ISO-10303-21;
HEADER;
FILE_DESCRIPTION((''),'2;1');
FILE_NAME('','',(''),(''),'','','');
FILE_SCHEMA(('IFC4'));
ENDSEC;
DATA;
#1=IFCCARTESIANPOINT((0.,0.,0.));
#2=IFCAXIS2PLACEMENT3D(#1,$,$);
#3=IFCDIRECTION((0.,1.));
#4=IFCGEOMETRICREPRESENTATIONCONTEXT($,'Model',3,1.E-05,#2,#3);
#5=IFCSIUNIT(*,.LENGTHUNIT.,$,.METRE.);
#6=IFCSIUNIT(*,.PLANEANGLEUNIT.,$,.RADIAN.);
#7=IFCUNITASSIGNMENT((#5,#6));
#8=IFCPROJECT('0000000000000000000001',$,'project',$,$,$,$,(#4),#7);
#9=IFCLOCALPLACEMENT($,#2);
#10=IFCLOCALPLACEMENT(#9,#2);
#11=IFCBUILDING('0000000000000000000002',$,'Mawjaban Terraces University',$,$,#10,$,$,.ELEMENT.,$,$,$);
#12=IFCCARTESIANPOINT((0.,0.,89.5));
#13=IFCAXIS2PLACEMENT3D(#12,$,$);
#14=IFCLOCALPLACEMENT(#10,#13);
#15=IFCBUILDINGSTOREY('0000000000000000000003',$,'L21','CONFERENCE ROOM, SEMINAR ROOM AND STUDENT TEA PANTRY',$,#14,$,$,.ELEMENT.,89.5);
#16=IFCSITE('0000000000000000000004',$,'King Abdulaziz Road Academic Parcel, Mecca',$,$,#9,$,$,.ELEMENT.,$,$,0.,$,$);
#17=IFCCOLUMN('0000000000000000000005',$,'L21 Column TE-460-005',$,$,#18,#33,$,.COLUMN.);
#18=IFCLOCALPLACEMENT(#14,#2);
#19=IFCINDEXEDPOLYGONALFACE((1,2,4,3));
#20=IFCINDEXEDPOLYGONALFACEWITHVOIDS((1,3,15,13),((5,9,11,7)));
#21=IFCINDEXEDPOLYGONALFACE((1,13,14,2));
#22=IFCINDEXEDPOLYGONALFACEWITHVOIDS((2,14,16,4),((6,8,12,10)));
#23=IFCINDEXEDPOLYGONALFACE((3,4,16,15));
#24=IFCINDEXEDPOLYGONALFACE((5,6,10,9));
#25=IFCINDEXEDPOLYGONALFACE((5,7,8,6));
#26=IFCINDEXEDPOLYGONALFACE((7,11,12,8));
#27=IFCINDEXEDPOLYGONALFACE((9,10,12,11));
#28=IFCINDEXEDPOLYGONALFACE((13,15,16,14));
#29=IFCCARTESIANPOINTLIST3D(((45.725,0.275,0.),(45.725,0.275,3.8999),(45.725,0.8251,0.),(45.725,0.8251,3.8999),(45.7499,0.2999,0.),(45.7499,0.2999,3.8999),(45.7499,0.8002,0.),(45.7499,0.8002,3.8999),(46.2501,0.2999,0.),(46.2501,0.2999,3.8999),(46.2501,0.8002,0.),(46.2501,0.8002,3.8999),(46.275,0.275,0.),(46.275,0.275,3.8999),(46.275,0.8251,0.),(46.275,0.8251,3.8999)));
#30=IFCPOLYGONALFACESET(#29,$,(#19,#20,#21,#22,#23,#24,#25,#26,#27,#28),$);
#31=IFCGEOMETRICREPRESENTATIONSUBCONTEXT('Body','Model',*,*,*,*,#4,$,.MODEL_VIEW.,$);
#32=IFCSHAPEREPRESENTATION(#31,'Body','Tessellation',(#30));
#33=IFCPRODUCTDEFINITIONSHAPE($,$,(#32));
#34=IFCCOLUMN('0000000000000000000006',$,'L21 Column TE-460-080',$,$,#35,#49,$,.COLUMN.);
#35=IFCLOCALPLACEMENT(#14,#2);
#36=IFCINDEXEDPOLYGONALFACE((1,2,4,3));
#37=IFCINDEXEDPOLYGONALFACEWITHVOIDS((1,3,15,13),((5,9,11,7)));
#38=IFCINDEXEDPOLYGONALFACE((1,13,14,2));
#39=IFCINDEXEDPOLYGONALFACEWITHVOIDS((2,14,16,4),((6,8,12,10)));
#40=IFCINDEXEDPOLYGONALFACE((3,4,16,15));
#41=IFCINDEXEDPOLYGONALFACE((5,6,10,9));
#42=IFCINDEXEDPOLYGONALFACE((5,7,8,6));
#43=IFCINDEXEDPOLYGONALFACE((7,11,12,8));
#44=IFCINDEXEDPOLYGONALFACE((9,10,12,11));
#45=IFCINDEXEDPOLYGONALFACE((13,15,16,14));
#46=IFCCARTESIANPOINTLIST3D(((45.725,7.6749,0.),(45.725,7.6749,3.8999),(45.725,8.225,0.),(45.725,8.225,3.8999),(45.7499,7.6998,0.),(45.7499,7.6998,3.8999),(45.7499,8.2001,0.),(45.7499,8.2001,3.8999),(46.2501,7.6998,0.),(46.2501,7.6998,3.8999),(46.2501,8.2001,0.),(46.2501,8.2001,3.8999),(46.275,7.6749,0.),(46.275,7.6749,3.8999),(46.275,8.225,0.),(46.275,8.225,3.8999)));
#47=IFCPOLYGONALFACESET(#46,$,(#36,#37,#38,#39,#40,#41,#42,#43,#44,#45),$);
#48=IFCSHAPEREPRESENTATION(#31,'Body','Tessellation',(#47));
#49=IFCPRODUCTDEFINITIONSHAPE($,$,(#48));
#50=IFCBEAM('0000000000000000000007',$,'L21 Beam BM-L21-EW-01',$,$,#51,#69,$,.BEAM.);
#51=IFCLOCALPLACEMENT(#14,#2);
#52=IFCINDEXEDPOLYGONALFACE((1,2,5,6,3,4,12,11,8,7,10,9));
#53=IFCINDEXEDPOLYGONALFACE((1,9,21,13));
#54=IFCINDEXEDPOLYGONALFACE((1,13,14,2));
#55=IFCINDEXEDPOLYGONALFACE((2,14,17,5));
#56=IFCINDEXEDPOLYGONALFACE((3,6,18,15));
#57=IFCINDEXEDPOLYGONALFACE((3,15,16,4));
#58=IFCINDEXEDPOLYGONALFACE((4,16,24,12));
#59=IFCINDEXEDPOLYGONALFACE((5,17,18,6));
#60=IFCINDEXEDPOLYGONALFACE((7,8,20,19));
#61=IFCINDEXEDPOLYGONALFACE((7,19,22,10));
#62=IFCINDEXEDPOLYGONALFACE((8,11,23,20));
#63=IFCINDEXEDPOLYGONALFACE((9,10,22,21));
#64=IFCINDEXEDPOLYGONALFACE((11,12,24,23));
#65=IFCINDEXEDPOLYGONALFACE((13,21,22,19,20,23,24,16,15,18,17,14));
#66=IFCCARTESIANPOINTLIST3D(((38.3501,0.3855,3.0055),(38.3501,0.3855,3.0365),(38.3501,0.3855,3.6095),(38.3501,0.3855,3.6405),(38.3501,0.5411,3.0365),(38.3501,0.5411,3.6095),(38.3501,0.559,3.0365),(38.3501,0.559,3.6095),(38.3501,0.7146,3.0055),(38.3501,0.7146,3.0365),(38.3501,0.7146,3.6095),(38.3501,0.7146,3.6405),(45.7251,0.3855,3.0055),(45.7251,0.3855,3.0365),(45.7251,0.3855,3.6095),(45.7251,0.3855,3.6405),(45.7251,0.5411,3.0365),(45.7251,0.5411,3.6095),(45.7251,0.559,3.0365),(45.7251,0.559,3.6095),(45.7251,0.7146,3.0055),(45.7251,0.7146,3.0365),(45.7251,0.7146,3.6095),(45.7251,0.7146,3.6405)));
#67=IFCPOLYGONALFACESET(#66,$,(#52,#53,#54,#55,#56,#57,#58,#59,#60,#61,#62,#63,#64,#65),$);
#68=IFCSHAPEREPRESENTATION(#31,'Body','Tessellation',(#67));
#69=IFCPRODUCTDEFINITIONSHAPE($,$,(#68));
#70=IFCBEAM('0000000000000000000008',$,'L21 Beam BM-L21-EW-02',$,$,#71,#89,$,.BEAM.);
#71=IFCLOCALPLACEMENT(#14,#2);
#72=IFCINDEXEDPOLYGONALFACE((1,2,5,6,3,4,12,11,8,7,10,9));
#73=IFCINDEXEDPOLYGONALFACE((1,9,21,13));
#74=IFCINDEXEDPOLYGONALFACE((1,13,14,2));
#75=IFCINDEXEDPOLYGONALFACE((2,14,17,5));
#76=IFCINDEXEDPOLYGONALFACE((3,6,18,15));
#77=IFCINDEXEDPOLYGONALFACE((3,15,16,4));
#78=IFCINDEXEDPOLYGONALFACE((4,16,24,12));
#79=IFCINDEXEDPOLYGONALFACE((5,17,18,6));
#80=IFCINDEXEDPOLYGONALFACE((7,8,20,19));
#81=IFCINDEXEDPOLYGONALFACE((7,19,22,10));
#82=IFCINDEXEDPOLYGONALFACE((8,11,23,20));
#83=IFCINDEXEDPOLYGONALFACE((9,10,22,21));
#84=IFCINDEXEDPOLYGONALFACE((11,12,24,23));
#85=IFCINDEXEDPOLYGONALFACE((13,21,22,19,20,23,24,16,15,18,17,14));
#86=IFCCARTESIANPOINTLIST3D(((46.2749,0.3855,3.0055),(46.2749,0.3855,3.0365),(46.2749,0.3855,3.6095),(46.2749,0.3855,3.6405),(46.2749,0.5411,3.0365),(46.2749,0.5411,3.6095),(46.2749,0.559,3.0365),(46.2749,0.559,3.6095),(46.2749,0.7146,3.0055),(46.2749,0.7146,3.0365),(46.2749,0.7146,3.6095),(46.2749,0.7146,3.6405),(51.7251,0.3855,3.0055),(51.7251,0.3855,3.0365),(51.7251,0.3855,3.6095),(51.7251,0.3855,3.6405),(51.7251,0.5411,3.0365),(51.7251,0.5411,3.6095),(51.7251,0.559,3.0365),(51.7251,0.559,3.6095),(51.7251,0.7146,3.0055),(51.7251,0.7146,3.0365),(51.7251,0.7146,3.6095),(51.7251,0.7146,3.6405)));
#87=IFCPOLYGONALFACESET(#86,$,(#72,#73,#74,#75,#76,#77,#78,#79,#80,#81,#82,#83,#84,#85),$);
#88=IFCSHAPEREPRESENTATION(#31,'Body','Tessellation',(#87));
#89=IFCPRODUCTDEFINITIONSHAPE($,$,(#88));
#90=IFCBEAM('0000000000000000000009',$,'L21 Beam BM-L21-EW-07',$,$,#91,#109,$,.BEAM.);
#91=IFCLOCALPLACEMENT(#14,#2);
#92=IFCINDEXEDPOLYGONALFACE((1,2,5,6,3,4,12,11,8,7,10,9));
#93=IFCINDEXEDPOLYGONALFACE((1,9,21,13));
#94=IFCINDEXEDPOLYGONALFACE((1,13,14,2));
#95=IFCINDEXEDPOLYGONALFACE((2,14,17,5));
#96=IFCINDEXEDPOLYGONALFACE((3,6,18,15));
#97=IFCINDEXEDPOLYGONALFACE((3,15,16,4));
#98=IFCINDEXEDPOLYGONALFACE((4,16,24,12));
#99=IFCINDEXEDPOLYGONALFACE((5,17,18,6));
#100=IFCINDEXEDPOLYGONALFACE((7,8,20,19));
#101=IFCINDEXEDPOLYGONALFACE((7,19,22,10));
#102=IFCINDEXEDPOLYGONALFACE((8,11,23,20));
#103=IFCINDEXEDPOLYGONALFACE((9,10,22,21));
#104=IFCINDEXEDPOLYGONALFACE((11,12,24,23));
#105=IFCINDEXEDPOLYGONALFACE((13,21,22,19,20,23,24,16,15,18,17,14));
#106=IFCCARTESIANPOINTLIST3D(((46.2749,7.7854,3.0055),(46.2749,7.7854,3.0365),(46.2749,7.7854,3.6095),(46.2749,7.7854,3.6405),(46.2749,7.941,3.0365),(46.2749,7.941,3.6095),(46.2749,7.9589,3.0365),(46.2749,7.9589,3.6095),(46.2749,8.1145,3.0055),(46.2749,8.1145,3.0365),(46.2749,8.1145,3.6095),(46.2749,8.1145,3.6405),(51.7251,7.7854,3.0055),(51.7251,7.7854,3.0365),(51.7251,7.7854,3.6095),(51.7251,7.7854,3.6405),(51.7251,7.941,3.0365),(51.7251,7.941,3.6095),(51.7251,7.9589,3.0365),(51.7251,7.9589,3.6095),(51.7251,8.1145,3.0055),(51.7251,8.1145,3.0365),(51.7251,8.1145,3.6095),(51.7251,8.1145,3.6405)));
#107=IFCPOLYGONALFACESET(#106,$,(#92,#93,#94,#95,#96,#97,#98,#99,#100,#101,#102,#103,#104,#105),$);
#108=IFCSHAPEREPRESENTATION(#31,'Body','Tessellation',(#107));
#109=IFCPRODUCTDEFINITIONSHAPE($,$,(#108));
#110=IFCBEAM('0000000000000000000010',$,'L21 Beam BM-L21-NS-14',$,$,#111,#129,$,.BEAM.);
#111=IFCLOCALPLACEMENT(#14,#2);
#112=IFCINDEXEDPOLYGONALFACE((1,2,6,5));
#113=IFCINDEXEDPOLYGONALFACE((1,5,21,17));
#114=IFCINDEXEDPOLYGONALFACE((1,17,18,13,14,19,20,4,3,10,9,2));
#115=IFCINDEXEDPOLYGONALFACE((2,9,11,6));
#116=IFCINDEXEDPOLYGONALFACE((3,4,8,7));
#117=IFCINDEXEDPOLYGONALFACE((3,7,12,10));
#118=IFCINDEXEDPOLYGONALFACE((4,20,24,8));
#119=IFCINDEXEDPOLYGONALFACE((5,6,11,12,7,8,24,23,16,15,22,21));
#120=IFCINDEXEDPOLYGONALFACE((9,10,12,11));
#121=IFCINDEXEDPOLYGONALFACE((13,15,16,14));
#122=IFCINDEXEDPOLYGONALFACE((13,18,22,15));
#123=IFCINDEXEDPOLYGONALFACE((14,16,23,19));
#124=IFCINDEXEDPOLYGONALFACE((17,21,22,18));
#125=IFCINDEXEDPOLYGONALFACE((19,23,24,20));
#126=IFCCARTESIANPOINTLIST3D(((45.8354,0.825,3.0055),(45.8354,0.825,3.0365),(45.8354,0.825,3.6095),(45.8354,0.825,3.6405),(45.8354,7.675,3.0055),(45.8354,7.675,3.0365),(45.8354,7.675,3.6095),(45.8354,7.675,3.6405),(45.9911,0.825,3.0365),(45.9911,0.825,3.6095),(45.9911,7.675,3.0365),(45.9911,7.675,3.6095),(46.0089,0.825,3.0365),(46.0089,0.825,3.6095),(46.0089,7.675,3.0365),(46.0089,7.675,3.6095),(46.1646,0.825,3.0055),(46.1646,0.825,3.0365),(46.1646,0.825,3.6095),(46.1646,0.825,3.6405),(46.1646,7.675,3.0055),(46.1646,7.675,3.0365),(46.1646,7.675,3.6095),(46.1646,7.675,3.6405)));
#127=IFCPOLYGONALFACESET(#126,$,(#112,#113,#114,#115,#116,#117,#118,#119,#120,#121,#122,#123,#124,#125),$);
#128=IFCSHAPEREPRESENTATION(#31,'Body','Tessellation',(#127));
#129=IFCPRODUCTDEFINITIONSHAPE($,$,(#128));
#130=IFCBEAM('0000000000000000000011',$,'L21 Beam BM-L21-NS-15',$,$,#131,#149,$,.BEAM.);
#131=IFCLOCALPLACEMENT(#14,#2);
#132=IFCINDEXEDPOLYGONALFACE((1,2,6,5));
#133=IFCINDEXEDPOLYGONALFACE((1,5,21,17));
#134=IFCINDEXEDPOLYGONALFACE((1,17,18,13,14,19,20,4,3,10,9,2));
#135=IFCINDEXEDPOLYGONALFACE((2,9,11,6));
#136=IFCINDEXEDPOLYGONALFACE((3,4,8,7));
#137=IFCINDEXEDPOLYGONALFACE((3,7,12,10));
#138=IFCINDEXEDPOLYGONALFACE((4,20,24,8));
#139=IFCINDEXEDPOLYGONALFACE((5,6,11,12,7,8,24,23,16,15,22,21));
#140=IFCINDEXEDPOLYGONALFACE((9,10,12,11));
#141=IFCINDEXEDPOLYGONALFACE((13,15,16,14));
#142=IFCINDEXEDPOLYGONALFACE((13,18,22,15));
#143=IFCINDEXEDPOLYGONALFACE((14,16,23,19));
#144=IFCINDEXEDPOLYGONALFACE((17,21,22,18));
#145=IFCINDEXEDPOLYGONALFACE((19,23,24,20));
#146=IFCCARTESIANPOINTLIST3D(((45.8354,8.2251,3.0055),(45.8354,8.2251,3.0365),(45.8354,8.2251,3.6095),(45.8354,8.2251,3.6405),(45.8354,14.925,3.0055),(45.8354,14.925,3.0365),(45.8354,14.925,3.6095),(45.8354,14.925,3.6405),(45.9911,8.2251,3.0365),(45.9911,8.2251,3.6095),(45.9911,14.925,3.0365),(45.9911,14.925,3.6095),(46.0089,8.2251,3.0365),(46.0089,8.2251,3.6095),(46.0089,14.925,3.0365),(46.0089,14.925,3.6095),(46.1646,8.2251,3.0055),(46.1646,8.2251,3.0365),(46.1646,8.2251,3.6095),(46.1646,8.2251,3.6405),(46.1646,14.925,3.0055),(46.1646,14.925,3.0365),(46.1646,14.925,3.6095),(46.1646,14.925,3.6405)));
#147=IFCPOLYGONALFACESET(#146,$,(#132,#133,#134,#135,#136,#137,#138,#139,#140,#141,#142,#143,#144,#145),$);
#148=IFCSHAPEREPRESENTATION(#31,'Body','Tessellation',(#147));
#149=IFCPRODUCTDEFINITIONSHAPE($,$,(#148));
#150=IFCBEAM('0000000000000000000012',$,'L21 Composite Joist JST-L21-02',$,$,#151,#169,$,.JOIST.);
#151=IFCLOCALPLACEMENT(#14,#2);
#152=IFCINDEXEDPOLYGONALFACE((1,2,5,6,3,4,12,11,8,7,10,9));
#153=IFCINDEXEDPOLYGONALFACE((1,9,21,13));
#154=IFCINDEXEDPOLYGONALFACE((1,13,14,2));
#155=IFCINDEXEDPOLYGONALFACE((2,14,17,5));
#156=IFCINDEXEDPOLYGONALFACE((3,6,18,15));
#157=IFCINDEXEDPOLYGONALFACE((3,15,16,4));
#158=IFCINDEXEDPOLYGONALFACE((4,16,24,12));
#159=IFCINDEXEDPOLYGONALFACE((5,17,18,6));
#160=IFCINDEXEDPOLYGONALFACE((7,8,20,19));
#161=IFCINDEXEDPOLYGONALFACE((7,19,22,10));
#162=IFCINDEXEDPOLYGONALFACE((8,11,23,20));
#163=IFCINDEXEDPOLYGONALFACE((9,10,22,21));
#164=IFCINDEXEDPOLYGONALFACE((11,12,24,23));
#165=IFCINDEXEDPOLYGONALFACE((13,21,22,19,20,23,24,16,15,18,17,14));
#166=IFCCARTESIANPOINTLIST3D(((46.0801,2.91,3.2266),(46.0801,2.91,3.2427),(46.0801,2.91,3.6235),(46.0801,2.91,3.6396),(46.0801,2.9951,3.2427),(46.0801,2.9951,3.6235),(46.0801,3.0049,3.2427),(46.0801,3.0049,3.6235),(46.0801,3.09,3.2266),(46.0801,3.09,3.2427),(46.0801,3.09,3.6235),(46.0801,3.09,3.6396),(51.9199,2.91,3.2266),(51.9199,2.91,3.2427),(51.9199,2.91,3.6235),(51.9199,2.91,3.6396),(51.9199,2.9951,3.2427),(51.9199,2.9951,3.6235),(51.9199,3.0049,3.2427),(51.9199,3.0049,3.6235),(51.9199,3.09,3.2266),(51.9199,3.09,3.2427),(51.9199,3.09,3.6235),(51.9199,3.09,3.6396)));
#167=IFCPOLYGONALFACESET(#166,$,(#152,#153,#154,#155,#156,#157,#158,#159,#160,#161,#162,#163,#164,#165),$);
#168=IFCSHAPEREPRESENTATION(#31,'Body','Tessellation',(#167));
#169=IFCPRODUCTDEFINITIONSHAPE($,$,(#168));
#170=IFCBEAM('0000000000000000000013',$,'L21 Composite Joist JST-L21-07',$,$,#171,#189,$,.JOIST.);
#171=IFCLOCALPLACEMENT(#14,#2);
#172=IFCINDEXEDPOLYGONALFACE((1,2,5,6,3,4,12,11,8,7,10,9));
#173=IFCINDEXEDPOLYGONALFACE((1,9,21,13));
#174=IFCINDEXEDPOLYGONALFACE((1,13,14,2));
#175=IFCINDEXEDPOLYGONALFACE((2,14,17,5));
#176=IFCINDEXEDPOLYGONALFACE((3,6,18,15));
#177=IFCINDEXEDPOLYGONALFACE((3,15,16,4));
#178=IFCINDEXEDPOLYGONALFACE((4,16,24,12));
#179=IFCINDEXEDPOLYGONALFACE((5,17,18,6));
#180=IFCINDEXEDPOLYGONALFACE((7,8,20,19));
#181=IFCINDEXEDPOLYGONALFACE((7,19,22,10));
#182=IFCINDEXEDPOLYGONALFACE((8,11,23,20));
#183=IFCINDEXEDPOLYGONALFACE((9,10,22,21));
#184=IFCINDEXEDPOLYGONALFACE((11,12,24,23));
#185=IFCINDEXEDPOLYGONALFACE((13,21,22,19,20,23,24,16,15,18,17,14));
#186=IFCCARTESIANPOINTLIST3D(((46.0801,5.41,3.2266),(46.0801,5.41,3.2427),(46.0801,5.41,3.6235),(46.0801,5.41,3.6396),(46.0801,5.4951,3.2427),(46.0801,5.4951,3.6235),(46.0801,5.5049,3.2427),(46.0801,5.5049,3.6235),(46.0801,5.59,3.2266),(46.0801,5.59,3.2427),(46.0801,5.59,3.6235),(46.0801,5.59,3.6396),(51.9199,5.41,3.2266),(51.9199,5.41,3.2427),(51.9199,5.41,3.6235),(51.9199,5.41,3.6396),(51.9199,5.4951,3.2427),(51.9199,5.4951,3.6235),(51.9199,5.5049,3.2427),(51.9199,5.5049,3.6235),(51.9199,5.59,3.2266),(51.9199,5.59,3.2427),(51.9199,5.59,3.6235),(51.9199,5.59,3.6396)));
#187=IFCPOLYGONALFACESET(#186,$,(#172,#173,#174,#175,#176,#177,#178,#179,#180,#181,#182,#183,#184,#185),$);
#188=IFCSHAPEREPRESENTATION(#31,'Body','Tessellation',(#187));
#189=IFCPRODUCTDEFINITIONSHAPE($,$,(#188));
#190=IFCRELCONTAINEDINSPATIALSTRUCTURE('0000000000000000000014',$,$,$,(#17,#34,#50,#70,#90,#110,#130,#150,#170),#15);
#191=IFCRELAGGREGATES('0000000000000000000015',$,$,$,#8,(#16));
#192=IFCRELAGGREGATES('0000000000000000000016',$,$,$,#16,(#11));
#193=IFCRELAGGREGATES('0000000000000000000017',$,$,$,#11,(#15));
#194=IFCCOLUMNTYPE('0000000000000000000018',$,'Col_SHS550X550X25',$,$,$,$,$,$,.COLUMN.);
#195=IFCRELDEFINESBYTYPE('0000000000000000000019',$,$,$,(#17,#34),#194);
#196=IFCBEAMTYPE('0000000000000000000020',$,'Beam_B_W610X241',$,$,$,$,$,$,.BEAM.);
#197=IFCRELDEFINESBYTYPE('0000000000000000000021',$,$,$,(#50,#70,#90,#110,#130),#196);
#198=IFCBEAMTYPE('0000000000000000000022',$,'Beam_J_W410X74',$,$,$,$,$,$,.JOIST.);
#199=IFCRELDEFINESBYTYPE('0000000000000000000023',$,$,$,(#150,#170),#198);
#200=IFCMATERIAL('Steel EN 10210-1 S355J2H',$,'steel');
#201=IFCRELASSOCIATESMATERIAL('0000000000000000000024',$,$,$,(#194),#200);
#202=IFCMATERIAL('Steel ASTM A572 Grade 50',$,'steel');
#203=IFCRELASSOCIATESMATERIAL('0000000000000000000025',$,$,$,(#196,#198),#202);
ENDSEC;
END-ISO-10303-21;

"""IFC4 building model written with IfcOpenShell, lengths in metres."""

from ifc_helpers import new_model, si_unit, direction, frame, origin, origin_2d, place, context, subcontext, project, spatial, hollow_rectangle, i_section, extrude, material, material_profile, profile_set, type_object, element, save


model = new_model("IFC4")

# Units and contexts
model_context = context("Model", 3, precision=1e-05, world=origin(), true_north=direction((0.0, 1.0)))
body_context = subcontext(model_context, "Body", "Model", "MODEL_VIEW")
ifc_project = project(units=[si_unit("LENGTHUNIT", "METRE"), si_unit("PLANEANGLEUNIT", "RADIAN")], contexts=[model_context])

# Site, building, storey
site_placement = place(None, origin())
site = spatial("IfcSite", under=ifc_project, at=site_placement, Name="King Abdulaziz Road Academic Parcel, Mecca", CompositionType="ELEMENT", RefElevation=0.0)
building_placement = place(site_placement, origin())
building = spatial("IfcBuilding", under=site, at=building_placement, Name="Mawjaban Terraces University", CompositionType="ELEMENT")
storey_placement = place(building_placement, frame((0.0, 0.0, 89.5)))
storey = spatial("IfcBuildingStorey", under=building, at=storey_placement, Name="L21", Description="CONFERENCE ROOM, SEMINAR ROOM AND STUDENT TEA PANTRY", CompositionType="ELEMENT", Elevation=89.5)

# Columns
ifc_material_1 = material(Name="Steel EN 10210-1 S355J2H", Category="steel")
ifc_material_profile_1 = material_profile(ifc_material_1, hollow_rectangle(XDim=0.55, YDim=0.55, WallThickness=0.0249, at=origin_2d()), Name="SHS550X550X25")
ifc_profile_set_1 = profile_set([ifc_material_profile_1], Name="Steel EN 10210-1 S355J2H")
column_type = type_object("IfcColumnType", Name="Col_SHS550X550X25", PredefinedType="COLUMN", material=ifc_profile_set_1)
for number, where, z_axis, x_axis, name in (
    (1, (46.0, 0.55, 0.0), (0.0, 0.0, 1.0), (1.0, 0.0, 0.0), "L21 Column TE-460-005"),
    (2, (46.0, 7.95, 0.0), (0.0, 0.0, 1.0), (1.0, 0.0, 0.0), "L21 Column TE-460-080"),
):
    element("IfcColumn", number, at=place(storey_placement, frame(where, z_axis=z_axis, x_axis=x_axis)), inside=storey, type_object=column_type, Name=name, PredefinedType="COLUMN", context=body_context, shape_type="SweptSolid", body=[
        extrude(hollow_rectangle(XDim=0.55, YDim=0.55, WallThickness=0.0249, at=origin_2d()), origin(), (0.0, 0.0, 1.0), 3.8999),
    ])

# Beams
ifc_material_2 = material(Name="Steel ASTM A572 Grade 50", Category="steel")
ifc_material_profile_2 = material_profile(ifc_material_2, i_section(OverallWidth=0.3291, OverallDepth=0.635, WebThickness=0.0178, FlangeThickness=0.031, at=origin_2d()), Name="W610X241")
ifc_profile_set_2 = profile_set([ifc_material_profile_2], Name="Steel ASTM A572 Grade 50")
beam_type_1 = type_object("IfcBeamType", Name="Beam_B_W610X241", PredefinedType="BEAM", material=ifc_profile_set_2)
beam_1_placement = place(storey_placement, frame((38.3501, 0.55, 3.323), z_axis=(1.0, 0.0, 0.0), x_axis=(0.0, 1.0, 0.0)))
element("IfcBeam", 3, at=beam_1_placement, inside=storey, type_object=beam_type_1, Name="L21 Beam BM-L21-EW-01", PredefinedType="BEAM", context=body_context, shape_type="SweptSolid", body=[
    extrude(i_section(OverallWidth=0.3291, OverallDepth=0.635, WebThickness=0.0178, FlangeThickness=0.031, at=origin_2d()), origin(), (0.0, 0.0, 1.0), 7.375),
])
for number, where, z_axis, x_axis, name in (
    (4, (46.2749, 0.55, 3.323), (1.0, 0.0, 0.0), (0.0, 1.0, 0.0), "L21 Beam BM-L21-EW-02"),
    (5, (46.2749, 7.95, 3.323), (1.0, 0.0, 0.0), (0.0, 1.0, 0.0), "L21 Beam BM-L21-EW-07"),
):
    element("IfcBeam", number, at=place(storey_placement, frame(where, z_axis=z_axis, x_axis=x_axis)), inside=storey, type_object=beam_type_1, Name=name, PredefinedType="BEAM", context=body_context, shape_type="SweptSolid", body=[
        extrude(i_section(OverallWidth=0.3291, OverallDepth=0.635, WebThickness=0.0178, FlangeThickness=0.031, at=origin_2d()), origin(), (0.0, 0.0, 1.0), 5.4502),
    ])
beam_2_placement = place(storey_placement, frame((46.0, 0.825, 3.323), z_axis=(0.0, 1.0, 0.0), x_axis=(-1.0, 0.0, 0.0)))
element("IfcBeam", 6, at=beam_2_placement, inside=storey, type_object=beam_type_1, Name="L21 Beam BM-L21-NS-14", PredefinedType="BEAM", context=body_context, shape_type="SweptSolid", body=[
    extrude(i_section(OverallWidth=0.3291, OverallDepth=0.635, WebThickness=0.0178, FlangeThickness=0.031, at=origin_2d()), origin(), (0.0, 0.0, 1.0), 6.8501),
])
beam_3_placement = place(storey_placement, frame((46.0, 8.2251, 3.323), z_axis=(0.0, 1.0, 0.0), x_axis=(-1.0, 0.0, 0.0)))
element("IfcBeam", 7, at=beam_3_placement, inside=storey, type_object=beam_type_1, Name="L21 Beam BM-L21-NS-15", PredefinedType="BEAM", context=body_context, shape_type="SweptSolid", body=[
    extrude(i_section(OverallWidth=0.3291, OverallDepth=0.635, WebThickness=0.0178, FlangeThickness=0.031, at=origin_2d()), origin(), (0.0, 0.0, 1.0), 6.7),
])
ifc_material_profile_3 = material_profile(ifc_material_2, i_section(OverallWidth=0.1799, OverallDepth=0.4131, WebThickness=0.0098, FlangeThickness=0.0161, at=origin_2d()), Name="W410X74")
ifc_profile_set_3 = profile_set([ifc_material_profile_3], Name="Steel ASTM A572 Grade 50")
beam_type_2 = type_object("IfcBeamType", Name="Beam_J_W410X74", PredefinedType="JOIST", material=ifc_profile_set_3)
for number, where, z_axis, x_axis, name in (
    (8, (46.0801, 3.0, 3.4331), (1.0, 0.0, 0.0), (0.0, 1.0, 0.0), "L21 Composite Joist JST-L21-02"),
    (9, (46.0801, 5.5, 3.4331), (1.0, 0.0, 0.0), (0.0, 1.0, 0.0), "L21 Composite Joist JST-L21-07"),
):
    element("IfcBeam", number, at=place(storey_placement, frame(where, z_axis=z_axis, x_axis=x_axis)), inside=storey, type_object=beam_type_2, Name=name, PredefinedType="JOIST", context=body_context, shape_type="SweptSolid", body=[
        extrude(i_section(OverallWidth=0.1799, OverallDepth=0.4131, WebThickness=0.0098, FlangeThickness=0.0161, at=origin_2d()), origin(), (0.0, 0.0, 1.0), 5.8398),
    ])

save(model, "model.ifc")
